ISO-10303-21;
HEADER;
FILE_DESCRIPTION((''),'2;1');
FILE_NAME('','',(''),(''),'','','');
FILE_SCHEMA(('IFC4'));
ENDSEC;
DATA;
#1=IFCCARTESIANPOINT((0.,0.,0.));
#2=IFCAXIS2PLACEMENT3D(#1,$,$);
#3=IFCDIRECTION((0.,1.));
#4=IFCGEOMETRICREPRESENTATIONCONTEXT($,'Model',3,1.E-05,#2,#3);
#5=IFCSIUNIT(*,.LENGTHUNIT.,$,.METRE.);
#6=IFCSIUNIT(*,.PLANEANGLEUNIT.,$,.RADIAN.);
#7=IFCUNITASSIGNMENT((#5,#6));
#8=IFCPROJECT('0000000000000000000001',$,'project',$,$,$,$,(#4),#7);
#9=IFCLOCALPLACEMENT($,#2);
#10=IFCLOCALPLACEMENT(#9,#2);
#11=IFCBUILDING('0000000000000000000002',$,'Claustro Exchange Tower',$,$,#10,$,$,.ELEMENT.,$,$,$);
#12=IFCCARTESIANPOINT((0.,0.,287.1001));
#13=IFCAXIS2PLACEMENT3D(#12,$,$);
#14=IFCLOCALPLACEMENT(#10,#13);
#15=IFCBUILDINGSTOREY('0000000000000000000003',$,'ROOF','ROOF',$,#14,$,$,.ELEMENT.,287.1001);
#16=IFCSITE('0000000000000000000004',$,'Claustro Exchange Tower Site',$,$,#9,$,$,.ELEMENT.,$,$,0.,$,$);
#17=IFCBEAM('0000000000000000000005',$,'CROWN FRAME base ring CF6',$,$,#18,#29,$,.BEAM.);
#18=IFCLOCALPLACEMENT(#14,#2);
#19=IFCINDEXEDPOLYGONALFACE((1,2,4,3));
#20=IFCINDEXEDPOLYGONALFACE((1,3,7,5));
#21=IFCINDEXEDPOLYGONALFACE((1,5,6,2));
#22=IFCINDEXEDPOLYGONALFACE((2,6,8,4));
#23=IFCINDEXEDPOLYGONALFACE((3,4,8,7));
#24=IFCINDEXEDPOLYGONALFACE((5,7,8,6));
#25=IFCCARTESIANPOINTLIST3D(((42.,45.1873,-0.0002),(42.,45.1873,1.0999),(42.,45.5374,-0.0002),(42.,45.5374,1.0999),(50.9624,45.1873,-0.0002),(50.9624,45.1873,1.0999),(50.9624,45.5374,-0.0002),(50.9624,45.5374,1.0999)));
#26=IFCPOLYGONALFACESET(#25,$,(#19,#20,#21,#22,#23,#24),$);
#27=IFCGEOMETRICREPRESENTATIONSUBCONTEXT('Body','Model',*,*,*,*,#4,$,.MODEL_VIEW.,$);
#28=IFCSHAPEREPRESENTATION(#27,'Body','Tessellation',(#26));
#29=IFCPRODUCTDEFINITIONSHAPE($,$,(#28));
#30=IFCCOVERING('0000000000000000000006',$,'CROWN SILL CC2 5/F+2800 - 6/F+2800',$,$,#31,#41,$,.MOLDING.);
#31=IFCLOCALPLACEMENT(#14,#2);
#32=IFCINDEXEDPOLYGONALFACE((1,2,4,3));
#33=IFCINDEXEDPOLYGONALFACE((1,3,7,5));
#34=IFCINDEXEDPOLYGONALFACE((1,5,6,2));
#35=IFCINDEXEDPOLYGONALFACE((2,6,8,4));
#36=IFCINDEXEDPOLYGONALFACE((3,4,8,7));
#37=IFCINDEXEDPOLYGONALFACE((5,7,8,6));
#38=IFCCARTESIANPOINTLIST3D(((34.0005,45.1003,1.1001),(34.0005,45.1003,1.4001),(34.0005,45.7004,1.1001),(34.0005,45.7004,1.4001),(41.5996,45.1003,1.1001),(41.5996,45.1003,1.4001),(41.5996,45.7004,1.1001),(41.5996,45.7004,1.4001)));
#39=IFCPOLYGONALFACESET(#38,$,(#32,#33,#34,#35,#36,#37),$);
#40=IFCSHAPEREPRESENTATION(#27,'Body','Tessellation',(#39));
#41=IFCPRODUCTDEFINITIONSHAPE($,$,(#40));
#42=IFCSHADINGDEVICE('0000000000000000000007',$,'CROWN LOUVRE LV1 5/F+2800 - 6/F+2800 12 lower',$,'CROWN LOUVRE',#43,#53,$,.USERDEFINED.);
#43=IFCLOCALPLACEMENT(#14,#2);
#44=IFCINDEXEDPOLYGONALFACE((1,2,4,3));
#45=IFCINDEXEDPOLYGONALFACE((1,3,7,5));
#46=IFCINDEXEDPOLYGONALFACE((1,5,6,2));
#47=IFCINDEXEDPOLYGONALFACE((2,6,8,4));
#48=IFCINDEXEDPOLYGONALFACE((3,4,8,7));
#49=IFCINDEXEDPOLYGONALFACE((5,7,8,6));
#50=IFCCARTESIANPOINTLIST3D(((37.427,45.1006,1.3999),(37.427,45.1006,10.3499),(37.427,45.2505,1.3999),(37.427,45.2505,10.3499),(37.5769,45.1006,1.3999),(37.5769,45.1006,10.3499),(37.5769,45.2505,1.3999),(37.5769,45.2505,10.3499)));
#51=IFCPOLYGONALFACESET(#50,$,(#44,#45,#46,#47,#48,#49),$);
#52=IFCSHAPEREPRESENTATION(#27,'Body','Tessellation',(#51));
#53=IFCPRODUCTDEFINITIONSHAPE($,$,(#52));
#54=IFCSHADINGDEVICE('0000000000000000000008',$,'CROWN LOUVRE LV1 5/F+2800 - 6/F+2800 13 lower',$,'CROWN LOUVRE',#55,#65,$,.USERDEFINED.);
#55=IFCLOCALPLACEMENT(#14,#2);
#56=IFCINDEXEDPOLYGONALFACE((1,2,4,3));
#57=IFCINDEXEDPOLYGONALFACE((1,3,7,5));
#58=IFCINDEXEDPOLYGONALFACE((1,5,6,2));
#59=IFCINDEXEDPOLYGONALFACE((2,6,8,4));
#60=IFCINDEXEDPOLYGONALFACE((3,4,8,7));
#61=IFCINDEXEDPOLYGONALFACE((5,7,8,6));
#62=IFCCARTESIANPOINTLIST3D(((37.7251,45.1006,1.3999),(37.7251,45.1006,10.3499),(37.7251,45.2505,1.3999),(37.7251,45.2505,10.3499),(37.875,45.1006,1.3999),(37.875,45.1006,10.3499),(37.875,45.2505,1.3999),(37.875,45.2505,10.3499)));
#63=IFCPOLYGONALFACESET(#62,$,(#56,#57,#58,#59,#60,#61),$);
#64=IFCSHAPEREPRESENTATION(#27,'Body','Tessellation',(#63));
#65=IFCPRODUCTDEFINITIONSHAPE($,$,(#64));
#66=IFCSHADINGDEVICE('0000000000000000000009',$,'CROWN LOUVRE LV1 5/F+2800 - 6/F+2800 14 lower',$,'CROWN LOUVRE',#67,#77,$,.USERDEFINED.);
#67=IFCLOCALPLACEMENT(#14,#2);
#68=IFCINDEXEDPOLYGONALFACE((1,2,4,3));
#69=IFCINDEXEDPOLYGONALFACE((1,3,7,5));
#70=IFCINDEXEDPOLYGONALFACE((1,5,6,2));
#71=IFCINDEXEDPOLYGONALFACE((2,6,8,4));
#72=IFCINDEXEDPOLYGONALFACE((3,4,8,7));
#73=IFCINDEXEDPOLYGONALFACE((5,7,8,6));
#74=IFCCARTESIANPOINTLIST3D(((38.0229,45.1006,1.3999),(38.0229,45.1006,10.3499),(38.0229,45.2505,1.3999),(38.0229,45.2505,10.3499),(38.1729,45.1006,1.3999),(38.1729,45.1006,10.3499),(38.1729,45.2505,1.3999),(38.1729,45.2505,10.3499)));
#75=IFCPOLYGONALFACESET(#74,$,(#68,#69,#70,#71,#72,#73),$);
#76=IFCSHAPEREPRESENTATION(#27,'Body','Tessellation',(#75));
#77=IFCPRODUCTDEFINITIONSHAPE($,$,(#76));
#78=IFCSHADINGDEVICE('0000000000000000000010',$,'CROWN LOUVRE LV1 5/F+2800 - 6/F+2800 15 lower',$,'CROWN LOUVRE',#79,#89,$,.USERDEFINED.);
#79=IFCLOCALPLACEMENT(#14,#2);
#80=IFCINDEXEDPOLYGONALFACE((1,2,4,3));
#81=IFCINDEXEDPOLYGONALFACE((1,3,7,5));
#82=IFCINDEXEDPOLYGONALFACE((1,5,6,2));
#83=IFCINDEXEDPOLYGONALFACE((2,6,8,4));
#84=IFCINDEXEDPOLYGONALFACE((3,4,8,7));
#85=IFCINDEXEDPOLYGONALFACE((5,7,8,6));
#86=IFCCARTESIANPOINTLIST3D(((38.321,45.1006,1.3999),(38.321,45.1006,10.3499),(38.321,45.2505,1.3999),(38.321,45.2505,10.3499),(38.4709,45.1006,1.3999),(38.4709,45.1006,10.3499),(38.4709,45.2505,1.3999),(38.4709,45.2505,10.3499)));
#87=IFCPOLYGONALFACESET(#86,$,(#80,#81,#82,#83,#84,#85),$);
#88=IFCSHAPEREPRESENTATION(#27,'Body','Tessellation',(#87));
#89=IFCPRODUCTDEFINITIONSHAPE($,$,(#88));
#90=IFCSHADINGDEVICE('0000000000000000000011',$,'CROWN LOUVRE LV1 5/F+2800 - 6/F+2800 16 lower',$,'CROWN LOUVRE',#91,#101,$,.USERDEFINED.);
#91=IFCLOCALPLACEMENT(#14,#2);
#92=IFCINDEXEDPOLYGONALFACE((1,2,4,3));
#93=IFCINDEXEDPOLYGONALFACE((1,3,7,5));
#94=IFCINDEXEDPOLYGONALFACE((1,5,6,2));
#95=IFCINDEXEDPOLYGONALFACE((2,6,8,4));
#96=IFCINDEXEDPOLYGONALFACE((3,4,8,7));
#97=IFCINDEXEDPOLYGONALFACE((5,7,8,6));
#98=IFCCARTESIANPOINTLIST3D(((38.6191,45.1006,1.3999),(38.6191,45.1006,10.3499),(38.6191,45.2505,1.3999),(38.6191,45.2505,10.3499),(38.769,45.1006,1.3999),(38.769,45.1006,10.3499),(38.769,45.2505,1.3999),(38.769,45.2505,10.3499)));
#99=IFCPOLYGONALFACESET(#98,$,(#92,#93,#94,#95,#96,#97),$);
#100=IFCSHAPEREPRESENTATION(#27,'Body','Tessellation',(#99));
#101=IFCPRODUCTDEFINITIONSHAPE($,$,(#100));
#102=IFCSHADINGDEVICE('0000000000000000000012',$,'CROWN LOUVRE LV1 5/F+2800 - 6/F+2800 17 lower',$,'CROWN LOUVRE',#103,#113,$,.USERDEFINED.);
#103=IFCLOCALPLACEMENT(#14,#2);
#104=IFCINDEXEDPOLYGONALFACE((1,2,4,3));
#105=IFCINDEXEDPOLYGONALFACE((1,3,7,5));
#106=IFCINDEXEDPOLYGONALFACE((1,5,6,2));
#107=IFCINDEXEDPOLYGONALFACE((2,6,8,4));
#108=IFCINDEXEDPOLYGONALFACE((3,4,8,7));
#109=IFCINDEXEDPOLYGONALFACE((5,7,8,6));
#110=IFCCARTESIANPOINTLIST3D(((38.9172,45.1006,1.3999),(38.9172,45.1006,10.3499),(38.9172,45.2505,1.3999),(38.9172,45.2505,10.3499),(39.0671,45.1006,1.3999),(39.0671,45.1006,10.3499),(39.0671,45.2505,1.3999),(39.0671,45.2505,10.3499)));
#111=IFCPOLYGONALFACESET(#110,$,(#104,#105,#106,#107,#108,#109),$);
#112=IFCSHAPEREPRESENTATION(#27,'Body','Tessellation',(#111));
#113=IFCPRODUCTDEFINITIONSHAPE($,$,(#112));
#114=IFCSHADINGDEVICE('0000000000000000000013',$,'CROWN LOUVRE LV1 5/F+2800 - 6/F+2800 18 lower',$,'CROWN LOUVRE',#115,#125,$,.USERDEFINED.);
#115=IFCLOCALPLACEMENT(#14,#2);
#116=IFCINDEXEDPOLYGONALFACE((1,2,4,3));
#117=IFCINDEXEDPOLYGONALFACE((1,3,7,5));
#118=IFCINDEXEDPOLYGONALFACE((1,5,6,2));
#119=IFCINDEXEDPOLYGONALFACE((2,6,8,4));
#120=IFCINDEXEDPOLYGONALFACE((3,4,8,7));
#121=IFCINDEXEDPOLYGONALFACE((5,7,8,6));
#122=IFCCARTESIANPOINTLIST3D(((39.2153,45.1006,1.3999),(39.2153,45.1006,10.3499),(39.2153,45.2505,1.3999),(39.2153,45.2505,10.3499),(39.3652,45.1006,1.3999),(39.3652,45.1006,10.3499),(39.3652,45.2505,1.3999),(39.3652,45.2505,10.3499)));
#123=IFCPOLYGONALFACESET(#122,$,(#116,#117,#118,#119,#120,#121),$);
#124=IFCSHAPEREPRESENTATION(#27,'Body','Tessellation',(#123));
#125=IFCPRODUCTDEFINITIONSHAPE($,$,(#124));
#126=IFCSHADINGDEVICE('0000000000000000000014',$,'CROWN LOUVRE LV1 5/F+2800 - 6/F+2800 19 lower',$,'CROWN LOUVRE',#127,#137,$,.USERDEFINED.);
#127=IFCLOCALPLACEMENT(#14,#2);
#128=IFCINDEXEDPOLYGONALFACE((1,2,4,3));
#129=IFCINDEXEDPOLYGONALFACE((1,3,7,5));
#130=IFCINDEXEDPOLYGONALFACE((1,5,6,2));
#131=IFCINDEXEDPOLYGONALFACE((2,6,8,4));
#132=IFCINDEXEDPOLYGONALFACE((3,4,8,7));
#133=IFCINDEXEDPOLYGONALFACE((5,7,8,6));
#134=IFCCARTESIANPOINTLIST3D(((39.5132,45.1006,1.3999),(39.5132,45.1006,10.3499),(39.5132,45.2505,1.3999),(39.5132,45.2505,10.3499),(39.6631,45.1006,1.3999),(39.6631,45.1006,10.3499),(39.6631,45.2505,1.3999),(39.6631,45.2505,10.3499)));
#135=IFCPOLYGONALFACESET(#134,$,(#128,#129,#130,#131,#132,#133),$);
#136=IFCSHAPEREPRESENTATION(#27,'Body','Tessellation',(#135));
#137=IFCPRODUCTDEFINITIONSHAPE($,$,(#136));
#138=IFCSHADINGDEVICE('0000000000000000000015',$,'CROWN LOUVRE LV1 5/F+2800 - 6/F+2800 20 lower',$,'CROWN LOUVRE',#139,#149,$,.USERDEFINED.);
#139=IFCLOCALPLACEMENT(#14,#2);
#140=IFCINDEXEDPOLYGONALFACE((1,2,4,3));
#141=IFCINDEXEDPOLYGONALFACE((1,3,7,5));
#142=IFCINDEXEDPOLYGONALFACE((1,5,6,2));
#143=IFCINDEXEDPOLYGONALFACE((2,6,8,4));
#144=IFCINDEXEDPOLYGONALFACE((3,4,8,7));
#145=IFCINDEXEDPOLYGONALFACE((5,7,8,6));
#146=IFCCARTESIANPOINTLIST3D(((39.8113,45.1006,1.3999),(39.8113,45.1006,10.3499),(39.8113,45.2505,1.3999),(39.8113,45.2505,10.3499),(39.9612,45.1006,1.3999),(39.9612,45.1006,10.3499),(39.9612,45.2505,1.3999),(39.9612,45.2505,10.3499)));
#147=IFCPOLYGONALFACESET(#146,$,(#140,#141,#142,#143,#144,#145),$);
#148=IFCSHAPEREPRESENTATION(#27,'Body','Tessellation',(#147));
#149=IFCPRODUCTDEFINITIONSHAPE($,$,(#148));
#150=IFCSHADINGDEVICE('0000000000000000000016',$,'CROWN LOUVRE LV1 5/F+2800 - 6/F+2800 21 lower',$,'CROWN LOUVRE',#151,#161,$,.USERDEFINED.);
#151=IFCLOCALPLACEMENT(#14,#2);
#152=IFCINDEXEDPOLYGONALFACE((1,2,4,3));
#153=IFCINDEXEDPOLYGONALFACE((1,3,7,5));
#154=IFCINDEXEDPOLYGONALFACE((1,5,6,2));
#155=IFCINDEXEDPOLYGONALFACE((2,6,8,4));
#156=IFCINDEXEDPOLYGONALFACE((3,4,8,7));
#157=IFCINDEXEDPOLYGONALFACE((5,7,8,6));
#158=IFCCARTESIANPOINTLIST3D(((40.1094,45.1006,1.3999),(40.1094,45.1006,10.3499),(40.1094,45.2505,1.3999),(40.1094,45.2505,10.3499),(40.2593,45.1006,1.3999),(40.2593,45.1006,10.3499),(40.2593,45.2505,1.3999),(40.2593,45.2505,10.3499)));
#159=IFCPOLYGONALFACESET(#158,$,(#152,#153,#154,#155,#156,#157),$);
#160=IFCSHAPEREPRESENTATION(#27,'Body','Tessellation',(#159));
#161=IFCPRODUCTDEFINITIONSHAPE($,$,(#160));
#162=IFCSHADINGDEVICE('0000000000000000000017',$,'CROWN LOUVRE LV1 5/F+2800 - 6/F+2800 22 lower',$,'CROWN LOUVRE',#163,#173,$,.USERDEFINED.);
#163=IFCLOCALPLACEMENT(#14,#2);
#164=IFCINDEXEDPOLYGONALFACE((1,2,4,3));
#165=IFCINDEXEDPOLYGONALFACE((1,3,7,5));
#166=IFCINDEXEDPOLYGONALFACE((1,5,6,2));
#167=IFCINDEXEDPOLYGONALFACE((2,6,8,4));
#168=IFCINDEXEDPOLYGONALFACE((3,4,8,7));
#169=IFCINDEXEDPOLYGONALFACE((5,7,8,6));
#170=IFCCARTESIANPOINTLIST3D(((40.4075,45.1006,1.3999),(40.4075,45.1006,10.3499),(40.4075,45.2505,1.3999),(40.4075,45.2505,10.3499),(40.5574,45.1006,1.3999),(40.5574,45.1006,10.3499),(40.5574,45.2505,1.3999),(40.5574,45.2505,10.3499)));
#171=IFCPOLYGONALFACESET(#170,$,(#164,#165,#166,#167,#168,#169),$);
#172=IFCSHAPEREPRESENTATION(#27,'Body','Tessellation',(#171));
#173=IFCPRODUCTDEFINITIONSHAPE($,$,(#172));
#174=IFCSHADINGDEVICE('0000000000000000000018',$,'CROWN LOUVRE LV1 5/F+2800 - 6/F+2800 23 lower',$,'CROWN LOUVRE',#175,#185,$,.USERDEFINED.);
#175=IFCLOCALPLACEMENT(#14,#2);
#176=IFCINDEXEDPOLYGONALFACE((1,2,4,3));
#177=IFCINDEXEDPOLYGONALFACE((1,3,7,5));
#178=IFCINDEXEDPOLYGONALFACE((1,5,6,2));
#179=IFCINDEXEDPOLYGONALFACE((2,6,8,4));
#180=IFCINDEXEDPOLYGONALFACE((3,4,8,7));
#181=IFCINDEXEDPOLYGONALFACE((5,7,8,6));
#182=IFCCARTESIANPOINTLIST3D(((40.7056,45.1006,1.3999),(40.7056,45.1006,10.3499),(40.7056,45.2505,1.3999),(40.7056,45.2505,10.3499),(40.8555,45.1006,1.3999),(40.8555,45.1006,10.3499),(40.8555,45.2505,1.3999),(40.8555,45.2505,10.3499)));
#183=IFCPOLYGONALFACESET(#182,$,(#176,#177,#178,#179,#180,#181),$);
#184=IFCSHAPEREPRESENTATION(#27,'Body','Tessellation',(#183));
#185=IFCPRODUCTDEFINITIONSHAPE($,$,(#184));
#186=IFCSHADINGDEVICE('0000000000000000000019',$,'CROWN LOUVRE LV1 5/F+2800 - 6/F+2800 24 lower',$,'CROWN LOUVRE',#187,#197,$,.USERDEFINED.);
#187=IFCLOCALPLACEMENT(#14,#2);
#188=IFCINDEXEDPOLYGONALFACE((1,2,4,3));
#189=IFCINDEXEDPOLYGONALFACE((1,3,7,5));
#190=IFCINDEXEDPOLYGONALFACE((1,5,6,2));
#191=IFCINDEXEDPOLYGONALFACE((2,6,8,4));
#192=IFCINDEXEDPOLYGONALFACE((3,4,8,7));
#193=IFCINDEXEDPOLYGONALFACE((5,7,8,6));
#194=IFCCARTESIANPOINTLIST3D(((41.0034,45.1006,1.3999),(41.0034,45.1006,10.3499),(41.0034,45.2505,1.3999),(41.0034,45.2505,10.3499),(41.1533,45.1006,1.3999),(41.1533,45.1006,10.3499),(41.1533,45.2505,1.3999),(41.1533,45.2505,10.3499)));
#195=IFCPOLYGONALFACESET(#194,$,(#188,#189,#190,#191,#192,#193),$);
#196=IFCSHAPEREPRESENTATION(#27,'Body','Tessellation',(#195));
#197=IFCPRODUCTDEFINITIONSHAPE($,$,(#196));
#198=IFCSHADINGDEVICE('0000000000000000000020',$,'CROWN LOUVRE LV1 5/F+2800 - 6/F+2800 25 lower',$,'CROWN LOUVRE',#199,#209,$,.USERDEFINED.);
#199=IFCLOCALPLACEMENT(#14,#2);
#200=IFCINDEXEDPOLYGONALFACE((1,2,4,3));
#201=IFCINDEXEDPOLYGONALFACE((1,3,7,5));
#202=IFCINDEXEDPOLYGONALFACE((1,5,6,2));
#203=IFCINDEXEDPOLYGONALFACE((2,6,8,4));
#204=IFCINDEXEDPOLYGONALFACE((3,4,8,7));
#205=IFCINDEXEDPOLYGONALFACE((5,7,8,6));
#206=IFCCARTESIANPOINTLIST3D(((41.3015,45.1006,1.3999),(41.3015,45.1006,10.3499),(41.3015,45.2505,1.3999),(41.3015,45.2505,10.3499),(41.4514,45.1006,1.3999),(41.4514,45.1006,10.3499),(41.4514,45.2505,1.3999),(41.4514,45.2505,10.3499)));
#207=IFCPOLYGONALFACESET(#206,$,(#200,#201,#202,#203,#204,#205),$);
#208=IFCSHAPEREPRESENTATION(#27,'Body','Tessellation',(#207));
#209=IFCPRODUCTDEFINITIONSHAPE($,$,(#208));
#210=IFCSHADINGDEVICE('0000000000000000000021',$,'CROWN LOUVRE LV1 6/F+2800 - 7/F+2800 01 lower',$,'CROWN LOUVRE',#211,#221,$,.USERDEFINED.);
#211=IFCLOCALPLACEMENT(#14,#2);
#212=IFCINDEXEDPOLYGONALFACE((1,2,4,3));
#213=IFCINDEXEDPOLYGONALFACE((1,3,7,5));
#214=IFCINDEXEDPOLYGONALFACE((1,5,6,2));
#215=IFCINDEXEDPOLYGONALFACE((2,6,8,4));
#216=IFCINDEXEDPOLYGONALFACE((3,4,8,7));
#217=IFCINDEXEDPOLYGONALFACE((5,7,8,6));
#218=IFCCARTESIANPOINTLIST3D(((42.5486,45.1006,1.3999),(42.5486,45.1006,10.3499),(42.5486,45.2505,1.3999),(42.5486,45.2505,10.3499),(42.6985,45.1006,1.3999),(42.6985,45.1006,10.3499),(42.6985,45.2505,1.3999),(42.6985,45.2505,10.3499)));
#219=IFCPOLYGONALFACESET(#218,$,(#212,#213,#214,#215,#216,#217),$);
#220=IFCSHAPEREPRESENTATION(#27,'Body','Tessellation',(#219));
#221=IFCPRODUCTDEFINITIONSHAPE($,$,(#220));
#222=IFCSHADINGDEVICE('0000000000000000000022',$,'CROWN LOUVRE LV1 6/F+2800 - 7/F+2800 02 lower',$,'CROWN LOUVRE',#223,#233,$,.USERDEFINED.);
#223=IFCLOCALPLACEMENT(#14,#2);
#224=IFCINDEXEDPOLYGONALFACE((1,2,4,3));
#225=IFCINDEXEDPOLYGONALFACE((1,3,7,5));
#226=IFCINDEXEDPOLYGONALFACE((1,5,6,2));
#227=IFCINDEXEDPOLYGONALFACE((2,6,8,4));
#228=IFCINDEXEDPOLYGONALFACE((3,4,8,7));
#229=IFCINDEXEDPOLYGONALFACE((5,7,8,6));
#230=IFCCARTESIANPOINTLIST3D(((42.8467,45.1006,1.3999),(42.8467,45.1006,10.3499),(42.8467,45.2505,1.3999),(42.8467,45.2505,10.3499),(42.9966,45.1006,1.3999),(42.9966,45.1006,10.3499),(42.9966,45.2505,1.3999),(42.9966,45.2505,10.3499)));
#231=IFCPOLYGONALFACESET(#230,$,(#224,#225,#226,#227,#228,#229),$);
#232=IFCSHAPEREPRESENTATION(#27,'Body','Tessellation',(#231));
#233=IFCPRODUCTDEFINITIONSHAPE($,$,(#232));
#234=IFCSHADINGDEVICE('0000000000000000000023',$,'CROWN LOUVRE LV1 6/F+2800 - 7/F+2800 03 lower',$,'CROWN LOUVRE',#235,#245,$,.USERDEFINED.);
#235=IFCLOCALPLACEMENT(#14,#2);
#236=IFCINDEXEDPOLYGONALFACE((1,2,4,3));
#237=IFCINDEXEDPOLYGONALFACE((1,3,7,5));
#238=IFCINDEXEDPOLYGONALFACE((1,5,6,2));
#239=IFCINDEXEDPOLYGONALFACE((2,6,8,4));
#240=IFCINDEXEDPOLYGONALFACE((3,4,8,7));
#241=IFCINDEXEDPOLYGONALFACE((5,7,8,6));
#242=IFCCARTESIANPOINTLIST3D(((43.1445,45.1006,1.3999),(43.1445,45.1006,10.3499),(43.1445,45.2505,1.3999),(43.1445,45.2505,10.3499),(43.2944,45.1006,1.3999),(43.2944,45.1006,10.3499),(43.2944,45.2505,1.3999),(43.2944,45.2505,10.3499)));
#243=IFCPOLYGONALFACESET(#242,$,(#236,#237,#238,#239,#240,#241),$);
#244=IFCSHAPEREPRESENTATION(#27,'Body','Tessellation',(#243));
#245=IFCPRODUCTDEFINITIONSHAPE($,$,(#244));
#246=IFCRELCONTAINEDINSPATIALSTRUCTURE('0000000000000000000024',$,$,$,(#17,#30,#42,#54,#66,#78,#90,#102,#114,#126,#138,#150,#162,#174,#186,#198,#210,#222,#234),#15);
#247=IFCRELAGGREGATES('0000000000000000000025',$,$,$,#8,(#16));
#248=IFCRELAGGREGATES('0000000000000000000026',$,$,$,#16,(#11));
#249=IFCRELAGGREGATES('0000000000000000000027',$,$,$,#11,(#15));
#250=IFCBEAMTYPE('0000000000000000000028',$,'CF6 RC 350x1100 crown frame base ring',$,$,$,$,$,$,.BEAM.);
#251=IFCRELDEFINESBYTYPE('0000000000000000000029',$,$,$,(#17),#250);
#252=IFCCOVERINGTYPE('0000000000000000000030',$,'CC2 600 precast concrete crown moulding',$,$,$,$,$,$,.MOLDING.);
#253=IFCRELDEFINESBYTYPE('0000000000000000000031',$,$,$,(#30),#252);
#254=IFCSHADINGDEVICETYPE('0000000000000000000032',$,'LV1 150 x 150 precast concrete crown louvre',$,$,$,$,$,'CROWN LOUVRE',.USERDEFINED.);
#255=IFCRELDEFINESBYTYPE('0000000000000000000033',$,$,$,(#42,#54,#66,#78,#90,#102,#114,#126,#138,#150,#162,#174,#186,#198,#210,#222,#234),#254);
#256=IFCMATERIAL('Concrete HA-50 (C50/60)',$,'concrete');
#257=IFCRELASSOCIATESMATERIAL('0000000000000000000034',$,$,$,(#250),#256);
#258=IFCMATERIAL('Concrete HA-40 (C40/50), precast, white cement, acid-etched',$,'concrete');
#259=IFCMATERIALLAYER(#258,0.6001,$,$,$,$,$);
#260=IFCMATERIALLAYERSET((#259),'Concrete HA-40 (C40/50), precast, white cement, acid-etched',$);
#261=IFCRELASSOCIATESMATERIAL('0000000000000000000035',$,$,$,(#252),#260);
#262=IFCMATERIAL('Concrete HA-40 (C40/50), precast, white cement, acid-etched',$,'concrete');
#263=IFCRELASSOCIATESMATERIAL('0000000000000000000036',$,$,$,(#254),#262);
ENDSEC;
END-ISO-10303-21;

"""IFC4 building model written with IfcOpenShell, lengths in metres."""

from ifc_helpers import new_model, si_unit, direction, frame, origin, origin_2d, place, context, subcontext, project, spatial, rectangle, extrude, material, layer, layer_set, material_profile, profile_set, type_object, element, save


model = new_model("IFC4")

# Units and contexts
model_context = context("Model", 3, precision=1e-05, world=origin(), true_north=direction((0.0, 1.0)))
body_context = subcontext(model_context, "Body", "Model", "MODEL_VIEW")
ifc_project = project(units=[si_unit("LENGTHUNIT", "METRE"), si_unit("PLANEANGLEUNIT", "RADIAN")], contexts=[model_context])

# Site, building, storey
site_placement = place(None, origin())
site = spatial("IfcSite", under=ifc_project, at=site_placement, Name="Claustro Exchange Tower Site", CompositionType="ELEMENT", RefElevation=0.0)
building_placement = place(site_placement, origin())
building = spatial("IfcBuilding", under=site, at=building_placement, Name="Claustro Exchange Tower", CompositionType="ELEMENT")
storey_placement = place(building_placement, frame((0.0, 0.0, 287.1001)))
storey = spatial("IfcBuildingStorey", under=building, at=storey_placement, Name="ROOF", Description="ROOF", CompositionType="ELEMENT", Elevation=287.1001)

# Beam
ifc_material_1 = material(Name="Concrete HA-50 (C50/60)", Category="concrete")
ifc_material_profile = material_profile(ifc_material_1, rectangle(XDim=0.3501, YDim=1.1001, at=origin_2d()), Name="RC 350x1100")
ifc_profile_set = profile_set([ifc_material_profile], Name="Concrete HA-50 (C50/60)")
beam_type = type_object("IfcBeamType", Name="CF6 RC 350x1100 crown frame base ring", PredefinedType="BEAM", material=ifc_profile_set)
beam_placement = place(storey_placement, frame((42.0, 45.3623, 0.5498), z_axis=(1.0, 0.0, 0.0), x_axis=(0.0, 1.0, 0.0)))
element("IfcBeam", 1, at=beam_placement, inside=storey, type_object=beam_type, Name="CROWN FRAME base ring CF6", PredefinedType="BEAM", context=body_context, shape_type="SweptSolid", body=[
    extrude(rectangle(XDim=0.3501, YDim=1.1001, at=origin_2d()), origin(), (0.0, 0.0, 1.0), 8.9624),
])

# Covering
ifc_material_2 = material(Name="Concrete HA-40 (C40/50), precast, white cement, acid-etched", Category="concrete")
ifc_layer = layer(ifc_material_2, 0.6001)
ifc_layer_set = layer_set([ifc_layer], Name="Concrete HA-40 (C40/50), precast, white cement, acid-etched")
covering_type = type_object("IfcCoveringType", Name="CC2 600 precast concrete crown moulding", PredefinedType="MOLDING", material=ifc_layer_set)
covering_placement = place(storey_placement, frame((37.8, 45.4004, 1.1001), z_axis=(0.0, 0.0, 1.0), x_axis=(1.0, 0.0, 0.0)))
element("IfcCovering", 2, at=covering_placement, inside=storey, type_object=covering_type, Name="CROWN SILL CC2 5/F+2800 - 6/F+2800", PredefinedType="MOLDING", context=body_context, shape_type="SweptSolid", body=[
    extrude(rectangle(XDim=7.5991, YDim=0.6001, at=origin_2d()), origin(), (0.0, 0.0, 1.0), 0.3),
])

# Shading devices
ifc_material_3 = material(Name="Concrete HA-40 (C40/50), precast, white cement, acid-etched", Category="concrete")
shading_device_type = type_object("IfcShadingDeviceType", Name="LV1 150 x 150 precast concrete crown louvre", ElementType="CROWN LOUVRE", PredefinedType="USERDEFINED", material=ifc_material_3)
for number, where, z_axis, x_axis, name in (
    (3, (37.502, 45.1755, 1.3999), (0.0, 0.0, 1.0), (1.0, 0.0, 0.0), "CROWN LOUVRE LV1 5/F+2800 - 6/F+2800 12 lower"),
    (4, (37.8, 45.1755, 1.3999), (0.0, 0.0, 1.0), (1.0, 0.0, 0.0), "CROWN LOUVRE LV1 5/F+2800 - 6/F+2800 13 lower"),
    (5, (38.0979, 45.1755, 1.3999), (0.0, 0.0, 1.0), (1.0, 0.0, 0.0), "CROWN LOUVRE LV1 5/F+2800 - 6/F+2800 14 lower"),
    (6, (38.396, 45.1755, 1.3999), (0.0, 0.0, 1.0), (1.0, 0.0, 0.0), "CROWN LOUVRE LV1 5/F+2800 - 6/F+2800 15 lower"),
    (7, (38.6941, 45.1755, 1.3999), (0.0, 0.0, 1.0), (1.0, 0.0, 0.0), "CROWN LOUVRE LV1 5/F+2800 - 6/F+2800 16 lower"),
    (8, (38.9922, 45.1755, 1.3999), (0.0, 0.0, 1.0), (1.0, 0.0, 0.0), "CROWN LOUVRE LV1 5/F+2800 - 6/F+2800 17 lower"),
    (9, (39.2903, 45.1755, 1.3999), (0.0, 0.0, 1.0), (1.0, 0.0, 0.0), "CROWN LOUVRE LV1 5/F+2800 - 6/F+2800 18 lower"),
    (10, (39.5881, 45.1755, 1.3999), (0.0, 0.0, 1.0), (1.0, 0.0, 0.0), "CROWN LOUVRE LV1 5/F+2800 - 6/F+2800 19 lower"),
    (11, (39.8862, 45.1755, 1.3999), (0.0, 0.0, 1.0), (1.0, 0.0, 0.0), "CROWN LOUVRE LV1 5/F+2800 - 6/F+2800 20 lower"),
    (12, (40.1843, 45.1755, 1.3999), (0.0, 0.0, 1.0), (1.0, 0.0, 0.0), "CROWN LOUVRE LV1 5/F+2800 - 6/F+2800 21 lower"),
    (13, (40.4824, 45.1755, 1.3999), (0.0, 0.0, 1.0), (1.0, 0.0, 0.0), "CROWN LOUVRE LV1 5/F+2800 - 6/F+2800 22 lower"),
    (14, (40.7805, 45.1755, 1.3999), (0.0, 0.0, 1.0), (1.0, 0.0, 0.0), "CROWN LOUVRE LV1 5/F+2800 - 6/F+2800 23 lower"),
    (15, (41.0784, 45.1755, 1.3999), (0.0, 0.0, 1.0), (1.0, 0.0, 0.0), "CROWN LOUVRE LV1 5/F+2800 - 6/F+2800 24 lower"),
    (16, (41.3765, 45.1755, 1.3999), (0.0, 0.0, 1.0), (1.0, 0.0, 0.0), "CROWN LOUVRE LV1 5/F+2800 - 6/F+2800 25 lower"),
    (17, (42.6235, 45.1755, 1.3999), (0.0, 0.0, 1.0), (1.0, 0.0, 0.0), "CROWN LOUVRE LV1 6/F+2800 - 7/F+2800 01 lower"),
    (18, (42.9216, 45.1755, 1.3999), (0.0, 0.0, 1.0), (1.0, 0.0, 0.0), "CROWN LOUVRE LV1 6/F+2800 - 7/F+2800 02 lower"),
    (19, (43.2195, 45.1755, 1.3999), (0.0, 0.0, 1.0), (1.0, 0.0, 0.0), "CROWN LOUVRE LV1 6/F+2800 - 7/F+2800 03 lower"),
):
    element("IfcShadingDevice", number, at=place(storey_placement, frame(where, z_axis=z_axis, x_axis=x_axis)), inside=storey, type_object=shading_device_type, Name=name, ObjectType="CROWN LOUVRE", PredefinedType="USERDEFINED", context=body_context, shape_type="SweptSolid", body=[
        extrude(rectangle(XDim=0.1499, YDim=0.1499, at=origin_2d()), origin(), (0.0, 0.0, 1.0), 8.95),
    ])

save(model, "model.ifc")
